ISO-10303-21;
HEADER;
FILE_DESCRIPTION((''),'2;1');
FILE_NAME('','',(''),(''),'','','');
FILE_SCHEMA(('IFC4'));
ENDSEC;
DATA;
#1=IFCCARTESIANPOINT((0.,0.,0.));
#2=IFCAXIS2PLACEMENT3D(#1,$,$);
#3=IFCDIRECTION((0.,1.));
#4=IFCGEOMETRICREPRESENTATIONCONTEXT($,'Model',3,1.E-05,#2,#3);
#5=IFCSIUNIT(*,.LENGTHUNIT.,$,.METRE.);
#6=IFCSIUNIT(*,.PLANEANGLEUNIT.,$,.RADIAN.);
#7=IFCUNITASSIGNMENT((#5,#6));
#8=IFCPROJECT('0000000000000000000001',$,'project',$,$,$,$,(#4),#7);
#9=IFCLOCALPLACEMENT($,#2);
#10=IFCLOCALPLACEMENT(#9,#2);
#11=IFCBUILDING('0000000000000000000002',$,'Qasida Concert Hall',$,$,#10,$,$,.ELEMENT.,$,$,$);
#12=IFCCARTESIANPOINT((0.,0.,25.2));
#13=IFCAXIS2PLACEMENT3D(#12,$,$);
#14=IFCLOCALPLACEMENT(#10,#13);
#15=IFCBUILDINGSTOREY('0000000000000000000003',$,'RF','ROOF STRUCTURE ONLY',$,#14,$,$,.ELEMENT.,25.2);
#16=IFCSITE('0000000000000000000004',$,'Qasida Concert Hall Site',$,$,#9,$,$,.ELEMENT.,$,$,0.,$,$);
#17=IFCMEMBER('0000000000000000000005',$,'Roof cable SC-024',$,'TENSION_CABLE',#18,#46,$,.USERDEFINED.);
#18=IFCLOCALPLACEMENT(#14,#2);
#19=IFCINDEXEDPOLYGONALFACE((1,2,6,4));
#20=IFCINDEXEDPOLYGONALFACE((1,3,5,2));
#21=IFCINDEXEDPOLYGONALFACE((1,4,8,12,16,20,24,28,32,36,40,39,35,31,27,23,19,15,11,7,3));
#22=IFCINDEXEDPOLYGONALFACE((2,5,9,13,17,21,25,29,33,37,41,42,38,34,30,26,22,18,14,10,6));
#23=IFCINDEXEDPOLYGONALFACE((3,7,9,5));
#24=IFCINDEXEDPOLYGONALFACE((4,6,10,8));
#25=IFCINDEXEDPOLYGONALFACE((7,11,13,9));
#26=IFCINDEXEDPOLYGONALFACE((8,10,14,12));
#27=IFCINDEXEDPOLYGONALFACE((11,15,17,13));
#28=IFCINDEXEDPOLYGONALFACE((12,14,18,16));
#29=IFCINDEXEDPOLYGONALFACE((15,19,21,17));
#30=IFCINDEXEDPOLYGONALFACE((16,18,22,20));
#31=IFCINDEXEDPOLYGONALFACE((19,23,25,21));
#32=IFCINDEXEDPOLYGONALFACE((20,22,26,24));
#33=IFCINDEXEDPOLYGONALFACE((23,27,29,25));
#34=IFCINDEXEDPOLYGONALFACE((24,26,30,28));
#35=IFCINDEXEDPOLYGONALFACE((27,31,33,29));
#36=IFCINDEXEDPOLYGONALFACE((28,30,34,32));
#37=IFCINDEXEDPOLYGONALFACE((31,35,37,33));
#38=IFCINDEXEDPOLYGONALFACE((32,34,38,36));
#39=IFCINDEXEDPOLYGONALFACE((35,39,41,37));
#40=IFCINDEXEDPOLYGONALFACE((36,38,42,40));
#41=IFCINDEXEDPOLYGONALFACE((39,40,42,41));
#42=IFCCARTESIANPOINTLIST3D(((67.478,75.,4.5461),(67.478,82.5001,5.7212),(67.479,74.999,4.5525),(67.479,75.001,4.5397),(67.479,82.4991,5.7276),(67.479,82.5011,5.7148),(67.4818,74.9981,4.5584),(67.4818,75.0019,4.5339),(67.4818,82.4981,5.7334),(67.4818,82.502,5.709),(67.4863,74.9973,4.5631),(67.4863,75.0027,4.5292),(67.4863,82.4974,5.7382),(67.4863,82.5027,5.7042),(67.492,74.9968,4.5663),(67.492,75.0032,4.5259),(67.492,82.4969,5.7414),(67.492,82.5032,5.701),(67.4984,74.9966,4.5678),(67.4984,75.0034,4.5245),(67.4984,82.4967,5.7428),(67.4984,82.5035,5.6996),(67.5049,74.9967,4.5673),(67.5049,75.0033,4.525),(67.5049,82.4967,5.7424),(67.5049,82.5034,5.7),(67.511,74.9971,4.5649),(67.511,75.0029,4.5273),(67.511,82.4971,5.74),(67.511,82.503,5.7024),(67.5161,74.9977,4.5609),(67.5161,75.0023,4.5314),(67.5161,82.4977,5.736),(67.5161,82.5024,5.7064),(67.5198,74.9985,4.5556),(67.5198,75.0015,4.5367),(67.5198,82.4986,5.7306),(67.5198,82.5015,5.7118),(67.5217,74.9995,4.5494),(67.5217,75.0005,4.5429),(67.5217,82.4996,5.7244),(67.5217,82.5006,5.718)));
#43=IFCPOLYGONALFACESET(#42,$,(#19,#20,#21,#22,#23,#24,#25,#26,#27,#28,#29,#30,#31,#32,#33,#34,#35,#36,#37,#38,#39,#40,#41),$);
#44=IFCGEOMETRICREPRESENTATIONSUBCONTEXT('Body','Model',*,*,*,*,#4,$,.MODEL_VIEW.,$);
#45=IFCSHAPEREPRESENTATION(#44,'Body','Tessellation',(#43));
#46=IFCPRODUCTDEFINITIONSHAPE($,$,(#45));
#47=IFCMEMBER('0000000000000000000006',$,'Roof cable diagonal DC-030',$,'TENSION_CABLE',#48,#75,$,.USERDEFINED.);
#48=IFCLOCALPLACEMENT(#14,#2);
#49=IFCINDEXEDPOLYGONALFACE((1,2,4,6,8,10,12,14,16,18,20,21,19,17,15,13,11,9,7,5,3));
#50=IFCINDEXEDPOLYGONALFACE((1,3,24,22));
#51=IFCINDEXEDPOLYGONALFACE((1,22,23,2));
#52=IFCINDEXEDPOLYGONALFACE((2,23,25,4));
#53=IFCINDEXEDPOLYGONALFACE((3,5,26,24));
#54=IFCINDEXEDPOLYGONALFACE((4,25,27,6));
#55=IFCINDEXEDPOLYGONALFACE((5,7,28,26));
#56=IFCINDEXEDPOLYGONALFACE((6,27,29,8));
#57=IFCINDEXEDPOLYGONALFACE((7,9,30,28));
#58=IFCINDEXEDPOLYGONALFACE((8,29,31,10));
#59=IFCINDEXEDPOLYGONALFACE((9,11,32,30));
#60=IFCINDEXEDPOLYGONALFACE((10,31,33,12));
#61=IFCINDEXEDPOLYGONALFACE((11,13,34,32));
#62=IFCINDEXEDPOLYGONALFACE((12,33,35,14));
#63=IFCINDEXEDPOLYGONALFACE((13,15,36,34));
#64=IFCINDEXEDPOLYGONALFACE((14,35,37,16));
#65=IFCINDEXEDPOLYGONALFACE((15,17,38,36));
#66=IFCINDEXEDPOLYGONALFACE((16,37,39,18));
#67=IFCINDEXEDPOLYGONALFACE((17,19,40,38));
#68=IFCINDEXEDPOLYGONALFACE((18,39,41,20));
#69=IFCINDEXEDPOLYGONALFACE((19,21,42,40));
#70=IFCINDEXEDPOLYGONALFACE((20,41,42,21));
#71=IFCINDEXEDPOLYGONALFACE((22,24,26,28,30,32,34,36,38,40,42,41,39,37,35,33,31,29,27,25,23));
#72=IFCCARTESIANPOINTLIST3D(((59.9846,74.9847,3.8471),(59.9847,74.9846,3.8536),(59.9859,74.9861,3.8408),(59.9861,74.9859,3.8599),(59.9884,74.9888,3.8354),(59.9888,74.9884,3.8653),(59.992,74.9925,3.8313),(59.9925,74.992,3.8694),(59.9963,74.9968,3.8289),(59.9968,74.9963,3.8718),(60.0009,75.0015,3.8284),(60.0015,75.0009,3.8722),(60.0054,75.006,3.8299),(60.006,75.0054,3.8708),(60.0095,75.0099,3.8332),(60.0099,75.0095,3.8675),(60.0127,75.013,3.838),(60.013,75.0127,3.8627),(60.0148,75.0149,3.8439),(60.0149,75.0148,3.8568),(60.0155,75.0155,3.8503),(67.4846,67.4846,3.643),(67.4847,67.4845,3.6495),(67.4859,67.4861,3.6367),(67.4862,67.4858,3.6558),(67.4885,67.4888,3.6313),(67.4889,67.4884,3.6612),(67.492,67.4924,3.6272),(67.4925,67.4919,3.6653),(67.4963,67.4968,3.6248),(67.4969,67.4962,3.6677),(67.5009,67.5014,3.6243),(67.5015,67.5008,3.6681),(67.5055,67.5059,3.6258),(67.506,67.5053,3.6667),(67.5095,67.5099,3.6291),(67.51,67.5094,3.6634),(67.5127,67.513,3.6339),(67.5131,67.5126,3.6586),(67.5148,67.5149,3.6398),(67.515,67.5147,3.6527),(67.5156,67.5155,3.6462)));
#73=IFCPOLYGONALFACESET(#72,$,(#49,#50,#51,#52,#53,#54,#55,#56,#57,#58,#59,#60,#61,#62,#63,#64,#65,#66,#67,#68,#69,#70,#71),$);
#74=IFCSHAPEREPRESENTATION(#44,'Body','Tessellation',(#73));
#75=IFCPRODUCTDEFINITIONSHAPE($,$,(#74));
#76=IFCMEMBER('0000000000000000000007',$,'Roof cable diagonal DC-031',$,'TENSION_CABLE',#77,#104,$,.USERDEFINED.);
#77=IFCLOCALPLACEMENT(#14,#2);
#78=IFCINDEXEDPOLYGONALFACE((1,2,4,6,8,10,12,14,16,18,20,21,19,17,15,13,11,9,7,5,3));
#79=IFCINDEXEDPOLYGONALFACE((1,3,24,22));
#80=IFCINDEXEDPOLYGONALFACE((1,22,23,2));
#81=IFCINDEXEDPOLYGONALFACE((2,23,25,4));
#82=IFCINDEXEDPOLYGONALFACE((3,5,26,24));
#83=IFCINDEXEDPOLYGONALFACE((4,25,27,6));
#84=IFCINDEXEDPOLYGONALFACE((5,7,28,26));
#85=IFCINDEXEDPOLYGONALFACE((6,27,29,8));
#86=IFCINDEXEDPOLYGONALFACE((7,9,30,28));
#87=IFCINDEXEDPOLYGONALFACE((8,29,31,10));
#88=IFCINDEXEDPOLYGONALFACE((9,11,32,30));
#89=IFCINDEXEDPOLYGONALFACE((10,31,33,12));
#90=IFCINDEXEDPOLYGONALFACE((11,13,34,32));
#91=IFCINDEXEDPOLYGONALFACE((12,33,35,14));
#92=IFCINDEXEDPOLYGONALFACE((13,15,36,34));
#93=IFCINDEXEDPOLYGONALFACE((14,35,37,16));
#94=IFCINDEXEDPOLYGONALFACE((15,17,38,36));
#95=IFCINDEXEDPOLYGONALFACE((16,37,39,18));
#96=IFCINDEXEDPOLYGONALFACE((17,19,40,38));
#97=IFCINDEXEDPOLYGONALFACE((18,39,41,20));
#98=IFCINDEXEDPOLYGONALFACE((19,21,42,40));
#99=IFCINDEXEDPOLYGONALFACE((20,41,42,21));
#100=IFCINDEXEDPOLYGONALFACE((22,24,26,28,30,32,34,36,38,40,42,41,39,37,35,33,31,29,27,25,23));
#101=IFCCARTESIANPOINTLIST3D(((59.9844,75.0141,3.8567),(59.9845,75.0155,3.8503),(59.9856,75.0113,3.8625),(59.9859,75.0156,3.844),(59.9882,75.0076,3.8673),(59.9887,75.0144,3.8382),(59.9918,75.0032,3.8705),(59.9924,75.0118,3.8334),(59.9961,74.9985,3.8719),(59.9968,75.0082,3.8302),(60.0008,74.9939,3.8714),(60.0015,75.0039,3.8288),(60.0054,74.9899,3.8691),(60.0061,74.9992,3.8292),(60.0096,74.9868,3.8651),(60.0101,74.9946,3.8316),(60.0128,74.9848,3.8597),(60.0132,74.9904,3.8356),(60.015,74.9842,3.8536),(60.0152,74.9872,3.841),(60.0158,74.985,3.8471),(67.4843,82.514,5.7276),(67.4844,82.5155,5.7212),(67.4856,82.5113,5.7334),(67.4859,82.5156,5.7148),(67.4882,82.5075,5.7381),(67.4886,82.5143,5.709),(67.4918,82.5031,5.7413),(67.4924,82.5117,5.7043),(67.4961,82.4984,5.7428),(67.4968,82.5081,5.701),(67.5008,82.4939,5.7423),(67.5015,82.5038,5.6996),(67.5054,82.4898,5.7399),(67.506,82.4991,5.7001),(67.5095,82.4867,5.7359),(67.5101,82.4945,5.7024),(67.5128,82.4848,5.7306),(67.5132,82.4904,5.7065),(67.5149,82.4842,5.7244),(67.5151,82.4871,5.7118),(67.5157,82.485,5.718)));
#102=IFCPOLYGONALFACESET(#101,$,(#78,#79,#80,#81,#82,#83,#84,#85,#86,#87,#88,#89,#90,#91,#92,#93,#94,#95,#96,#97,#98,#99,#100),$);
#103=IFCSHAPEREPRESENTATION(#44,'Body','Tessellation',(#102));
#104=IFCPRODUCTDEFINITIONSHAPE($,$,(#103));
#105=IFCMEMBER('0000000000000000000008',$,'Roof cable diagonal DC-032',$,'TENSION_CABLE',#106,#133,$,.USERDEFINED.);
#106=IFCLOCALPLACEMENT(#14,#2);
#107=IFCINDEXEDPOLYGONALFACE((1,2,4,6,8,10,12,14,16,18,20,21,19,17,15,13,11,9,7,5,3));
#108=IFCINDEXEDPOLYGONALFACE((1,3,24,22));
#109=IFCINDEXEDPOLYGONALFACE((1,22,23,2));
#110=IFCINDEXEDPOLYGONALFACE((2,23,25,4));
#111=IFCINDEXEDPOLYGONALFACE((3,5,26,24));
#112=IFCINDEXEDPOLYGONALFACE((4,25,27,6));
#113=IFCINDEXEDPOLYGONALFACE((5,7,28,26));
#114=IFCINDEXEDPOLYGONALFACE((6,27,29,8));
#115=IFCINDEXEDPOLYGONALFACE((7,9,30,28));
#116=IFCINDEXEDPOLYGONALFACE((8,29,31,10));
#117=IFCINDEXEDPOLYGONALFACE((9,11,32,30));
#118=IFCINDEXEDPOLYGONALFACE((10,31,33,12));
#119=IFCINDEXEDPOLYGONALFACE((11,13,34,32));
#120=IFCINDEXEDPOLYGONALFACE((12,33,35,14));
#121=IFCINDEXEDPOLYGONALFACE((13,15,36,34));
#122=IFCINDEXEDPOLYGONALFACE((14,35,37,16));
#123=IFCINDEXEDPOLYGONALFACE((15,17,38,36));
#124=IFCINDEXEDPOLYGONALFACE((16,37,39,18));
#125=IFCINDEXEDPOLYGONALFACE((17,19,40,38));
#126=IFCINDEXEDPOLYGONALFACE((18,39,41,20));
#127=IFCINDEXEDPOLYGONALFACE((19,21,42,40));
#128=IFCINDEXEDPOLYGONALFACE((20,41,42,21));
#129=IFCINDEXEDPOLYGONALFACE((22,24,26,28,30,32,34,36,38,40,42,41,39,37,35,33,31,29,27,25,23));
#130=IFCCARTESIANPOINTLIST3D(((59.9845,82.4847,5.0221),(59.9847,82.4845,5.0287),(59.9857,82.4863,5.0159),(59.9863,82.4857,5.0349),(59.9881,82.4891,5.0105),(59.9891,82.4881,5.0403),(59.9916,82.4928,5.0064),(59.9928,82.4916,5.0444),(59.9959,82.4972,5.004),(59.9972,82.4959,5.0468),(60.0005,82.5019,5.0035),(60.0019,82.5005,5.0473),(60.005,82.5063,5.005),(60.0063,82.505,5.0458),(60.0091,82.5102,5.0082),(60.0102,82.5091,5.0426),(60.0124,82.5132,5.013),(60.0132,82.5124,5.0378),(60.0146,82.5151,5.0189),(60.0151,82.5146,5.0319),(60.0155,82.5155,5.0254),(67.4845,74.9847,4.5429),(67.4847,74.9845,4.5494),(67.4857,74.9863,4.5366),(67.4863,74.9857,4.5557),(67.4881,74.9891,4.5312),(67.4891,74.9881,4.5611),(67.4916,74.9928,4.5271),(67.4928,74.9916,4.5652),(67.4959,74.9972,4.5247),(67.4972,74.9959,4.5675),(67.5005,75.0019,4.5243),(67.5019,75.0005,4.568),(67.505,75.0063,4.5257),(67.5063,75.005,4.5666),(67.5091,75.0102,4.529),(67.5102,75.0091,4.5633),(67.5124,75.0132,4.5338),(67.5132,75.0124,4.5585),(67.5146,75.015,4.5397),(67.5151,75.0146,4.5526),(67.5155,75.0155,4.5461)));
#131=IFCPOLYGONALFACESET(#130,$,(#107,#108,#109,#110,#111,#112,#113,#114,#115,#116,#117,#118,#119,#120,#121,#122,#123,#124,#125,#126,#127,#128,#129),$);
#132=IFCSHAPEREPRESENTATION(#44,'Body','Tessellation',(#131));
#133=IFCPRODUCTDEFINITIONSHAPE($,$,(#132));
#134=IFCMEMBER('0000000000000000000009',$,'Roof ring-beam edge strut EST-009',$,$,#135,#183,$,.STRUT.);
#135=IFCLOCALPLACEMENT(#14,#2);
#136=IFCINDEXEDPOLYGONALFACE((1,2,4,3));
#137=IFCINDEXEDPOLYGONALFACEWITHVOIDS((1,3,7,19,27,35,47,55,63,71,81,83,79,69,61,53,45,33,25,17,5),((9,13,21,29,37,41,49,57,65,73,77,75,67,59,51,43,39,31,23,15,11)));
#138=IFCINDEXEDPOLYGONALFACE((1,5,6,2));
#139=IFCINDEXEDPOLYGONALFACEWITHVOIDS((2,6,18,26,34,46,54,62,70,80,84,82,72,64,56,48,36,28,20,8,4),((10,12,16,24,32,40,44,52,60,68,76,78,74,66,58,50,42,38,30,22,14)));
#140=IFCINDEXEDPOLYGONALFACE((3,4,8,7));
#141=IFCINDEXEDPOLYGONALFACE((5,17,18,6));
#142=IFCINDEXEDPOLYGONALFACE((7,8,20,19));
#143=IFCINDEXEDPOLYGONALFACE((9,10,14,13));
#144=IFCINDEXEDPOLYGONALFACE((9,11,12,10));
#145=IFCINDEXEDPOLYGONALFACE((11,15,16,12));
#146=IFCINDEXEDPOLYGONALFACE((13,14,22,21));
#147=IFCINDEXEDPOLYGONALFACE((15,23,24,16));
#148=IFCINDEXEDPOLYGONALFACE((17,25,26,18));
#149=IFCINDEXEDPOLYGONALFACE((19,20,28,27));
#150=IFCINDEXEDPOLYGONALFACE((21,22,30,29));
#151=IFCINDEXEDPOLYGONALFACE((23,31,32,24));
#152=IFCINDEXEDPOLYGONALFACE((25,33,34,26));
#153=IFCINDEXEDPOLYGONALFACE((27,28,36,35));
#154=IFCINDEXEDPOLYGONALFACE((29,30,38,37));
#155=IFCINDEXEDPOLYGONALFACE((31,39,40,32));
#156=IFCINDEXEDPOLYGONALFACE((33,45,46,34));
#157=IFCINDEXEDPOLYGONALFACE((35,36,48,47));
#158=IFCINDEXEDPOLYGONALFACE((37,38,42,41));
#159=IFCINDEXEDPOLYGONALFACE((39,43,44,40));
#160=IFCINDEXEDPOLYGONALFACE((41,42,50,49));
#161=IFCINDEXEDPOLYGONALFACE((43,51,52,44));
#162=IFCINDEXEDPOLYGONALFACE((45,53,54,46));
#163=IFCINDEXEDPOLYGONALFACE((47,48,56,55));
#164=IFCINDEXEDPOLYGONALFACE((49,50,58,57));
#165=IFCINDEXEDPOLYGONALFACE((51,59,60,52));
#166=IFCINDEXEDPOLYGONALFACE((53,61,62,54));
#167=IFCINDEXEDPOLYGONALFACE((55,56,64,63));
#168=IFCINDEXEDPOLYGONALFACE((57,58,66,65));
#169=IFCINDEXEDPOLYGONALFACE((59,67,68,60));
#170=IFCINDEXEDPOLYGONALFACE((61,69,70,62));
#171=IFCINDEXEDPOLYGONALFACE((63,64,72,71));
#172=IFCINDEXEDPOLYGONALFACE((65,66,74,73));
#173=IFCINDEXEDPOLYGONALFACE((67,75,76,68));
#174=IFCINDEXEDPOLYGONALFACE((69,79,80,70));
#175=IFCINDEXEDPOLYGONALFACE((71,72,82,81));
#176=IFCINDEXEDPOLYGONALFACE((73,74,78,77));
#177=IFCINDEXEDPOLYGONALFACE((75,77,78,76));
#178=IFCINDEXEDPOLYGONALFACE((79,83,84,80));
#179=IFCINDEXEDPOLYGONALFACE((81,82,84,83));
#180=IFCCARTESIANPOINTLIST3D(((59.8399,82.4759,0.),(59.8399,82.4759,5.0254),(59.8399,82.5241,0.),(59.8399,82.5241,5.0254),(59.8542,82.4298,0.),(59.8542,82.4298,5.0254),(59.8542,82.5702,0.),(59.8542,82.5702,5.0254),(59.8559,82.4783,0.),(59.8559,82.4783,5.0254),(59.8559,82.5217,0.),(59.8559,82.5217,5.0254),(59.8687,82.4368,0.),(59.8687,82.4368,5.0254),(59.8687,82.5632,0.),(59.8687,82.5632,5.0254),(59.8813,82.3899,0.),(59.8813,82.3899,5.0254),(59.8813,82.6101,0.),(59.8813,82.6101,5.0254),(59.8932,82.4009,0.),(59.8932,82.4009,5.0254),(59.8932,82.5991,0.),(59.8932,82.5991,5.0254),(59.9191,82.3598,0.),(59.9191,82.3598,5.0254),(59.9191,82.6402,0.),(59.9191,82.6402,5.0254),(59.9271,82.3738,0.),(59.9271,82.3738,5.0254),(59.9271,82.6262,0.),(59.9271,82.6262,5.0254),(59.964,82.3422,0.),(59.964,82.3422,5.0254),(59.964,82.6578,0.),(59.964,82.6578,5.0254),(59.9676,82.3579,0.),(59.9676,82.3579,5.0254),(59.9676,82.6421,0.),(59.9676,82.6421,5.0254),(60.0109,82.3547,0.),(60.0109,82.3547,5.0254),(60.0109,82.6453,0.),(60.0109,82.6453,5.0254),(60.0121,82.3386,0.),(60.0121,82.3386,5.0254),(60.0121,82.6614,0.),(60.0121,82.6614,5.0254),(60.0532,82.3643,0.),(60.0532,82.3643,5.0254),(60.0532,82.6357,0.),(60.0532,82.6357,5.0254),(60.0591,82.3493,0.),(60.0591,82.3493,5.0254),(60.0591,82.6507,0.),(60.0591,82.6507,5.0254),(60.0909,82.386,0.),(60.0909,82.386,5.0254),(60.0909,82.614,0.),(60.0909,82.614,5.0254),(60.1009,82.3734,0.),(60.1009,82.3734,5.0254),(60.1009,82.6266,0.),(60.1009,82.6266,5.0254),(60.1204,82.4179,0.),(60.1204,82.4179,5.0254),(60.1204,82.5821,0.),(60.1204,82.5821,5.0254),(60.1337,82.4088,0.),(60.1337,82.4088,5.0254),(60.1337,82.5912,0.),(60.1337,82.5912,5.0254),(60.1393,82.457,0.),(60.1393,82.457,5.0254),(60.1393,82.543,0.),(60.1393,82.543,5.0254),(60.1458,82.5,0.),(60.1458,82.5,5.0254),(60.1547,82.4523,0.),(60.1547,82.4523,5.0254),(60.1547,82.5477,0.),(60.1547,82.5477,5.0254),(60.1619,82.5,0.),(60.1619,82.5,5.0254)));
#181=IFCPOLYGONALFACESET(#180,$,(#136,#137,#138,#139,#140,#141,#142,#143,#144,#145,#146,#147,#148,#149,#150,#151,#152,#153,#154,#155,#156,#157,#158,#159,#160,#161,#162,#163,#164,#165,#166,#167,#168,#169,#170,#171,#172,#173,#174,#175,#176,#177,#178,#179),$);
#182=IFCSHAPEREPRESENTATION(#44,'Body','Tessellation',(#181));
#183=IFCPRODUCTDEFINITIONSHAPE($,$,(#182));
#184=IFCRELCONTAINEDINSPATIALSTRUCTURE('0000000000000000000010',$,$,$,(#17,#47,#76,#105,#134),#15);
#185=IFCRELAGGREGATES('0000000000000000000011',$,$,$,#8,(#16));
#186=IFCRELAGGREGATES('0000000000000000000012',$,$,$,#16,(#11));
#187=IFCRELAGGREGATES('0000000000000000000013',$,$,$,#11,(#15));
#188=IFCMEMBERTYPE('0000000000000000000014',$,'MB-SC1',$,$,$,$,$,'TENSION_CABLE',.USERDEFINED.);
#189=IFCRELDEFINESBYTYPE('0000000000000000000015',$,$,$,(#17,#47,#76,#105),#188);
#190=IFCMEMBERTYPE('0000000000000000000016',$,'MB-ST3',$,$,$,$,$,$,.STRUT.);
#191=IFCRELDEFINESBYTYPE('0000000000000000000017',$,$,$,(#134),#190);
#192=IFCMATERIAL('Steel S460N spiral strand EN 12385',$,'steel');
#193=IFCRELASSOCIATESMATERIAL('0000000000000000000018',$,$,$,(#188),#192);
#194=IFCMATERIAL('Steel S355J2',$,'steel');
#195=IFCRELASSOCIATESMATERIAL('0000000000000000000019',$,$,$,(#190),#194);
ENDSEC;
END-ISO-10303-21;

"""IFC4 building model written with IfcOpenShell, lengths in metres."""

from ifc_helpers import new_model, si_unit, direction, frame, origin, origin_2d, place, context, subcontext, project, spatial, circle, hollow_circle, extrude, material, material_profile, profile_set, type_object, element, save


model = new_model("IFC4")

# Units and contexts
model_context = context("Model", 3, precision=1e-05, world=origin(), true_north=direction((0.0, 1.0)))
body_context = subcontext(model_context, "Body", "Model", "MODEL_VIEW")
ifc_project = project(units=[si_unit("LENGTHUNIT", "METRE"), si_unit("PLANEANGLEUNIT", "RADIAN")], contexts=[model_context])

# Site, building, storey
site_placement = place(None, origin())
site = spatial("IfcSite", under=ifc_project, at=site_placement, Name="Qasida Concert Hall Site", CompositionType="ELEMENT", RefElevation=0.0)
building_placement = place(site_placement, origin())
building = spatial("IfcBuilding", under=site, at=building_placement, Name="Qasida Concert Hall", CompositionType="ELEMENT")
storey_placement = place(building_placement, frame((0.0, 0.0, 25.2)))
storey = spatial("IfcBuildingStorey", under=building, at=storey_placement, Name="RF", Description="ROOF STRUCTURE ONLY", CompositionType="ELEMENT", Elevation=25.2)

# Members
ifc_material_1 = material(Name="Steel S460N spiral strand EN 12385", Category="steel")
ifc_material_2 = material(Name="Steel S355J2", Category="steel")
ifc_material_profile_1 = material_profile(ifc_material_1, circle(Radius=0.022, at=origin_2d()), Name="STRAND D44")
ifc_profile_set_1 = profile_set([ifc_material_profile_1], Name="Steel S460N spiral strand EN 12385")
member_type_1 = type_object("IfcMemberType", Name="MB-SC1", ElementType="TENSION_CABLE", PredefinedType="USERDEFINED", material=ifc_profile_set_1)
for number, where, z_axis, x_axis, name in (
    (1, (67.5, 75.0, 4.5461), (0.0, 0.987948, 0.154785), (-1.0, 0.0, 0.0), "Roof cable SC-024"),
):
    element("IfcMember", number, at=place(storey_placement, frame(where, z_axis=z_axis, x_axis=x_axis)), inside=storey, type_object=member_type_1, Name=name, ObjectType="TENSION_CABLE", PredefinedType="USERDEFINED", context=body_context, shape_type="SweptSolid", body=[
        extrude(circle(Radius=0.022, at=origin_2d()), origin(), (0.0, 0.0, 1.0), 7.5916),
    ])
member_1_placement = place(storey_placement, frame((60.0, 75.0, 3.8503), z_axis=(0.706976, -0.706976, -0.019239), x_axis=(0.707107, 0.707107, 0.0)))
element("IfcMember", 2, at=member_1_placement, inside=storey, type_object=member_type_1, Name="Roof cable diagonal DC-030", ObjectType="TENSION_CABLE", PredefinedType="USERDEFINED", context=body_context, shape_type="SweptSolid", body=[
    extrude(circle(Radius=0.022, at=origin_2d()), origin(), (0.0, 0.0, 1.0), 10.6086),
])
member_2_placement = place(storey_placement, frame((60.0, 75.0, 3.8503), z_axis=(0.696357, 0.696357, 0.173704), x_axis=(-0.707107, 0.707107, 0.0)))
element("IfcMember", 3, at=member_2_placement, inside=storey, type_object=member_type_1, Name="Roof cable diagonal DC-031", ObjectType="TENSION_CABLE", PredefinedType="USERDEFINED", context=body_context, shape_type="SweptSolid", body=[
    extrude(circle(Radius=0.022, at=origin_2d()), origin(), (0.0, 0.0, 1.0), 10.7703),
])
member_3_placement = place(storey_placement, frame((60.0, 82.5, 5.0254), z_axis=(0.706386, -0.706386, -0.045138), x_axis=(0.707107, 0.707107, 0.0)))
element("IfcMember", 4, at=member_3_placement, inside=storey, type_object=member_type_1, Name="Roof cable diagonal DC-032", ObjectType="TENSION_CABLE", PredefinedType="USERDEFINED", context=body_context, shape_type="SweptSolid", body=[
    extrude(circle(Radius=0.022, at=origin_2d()), origin(), (0.0, 0.0, 1.0), 10.6174),
])
ifc_material_profile_2 = material_profile(ifc_material_2, hollow_circle(Radius=0.1619, WallThickness=0.0161, at=origin_2d()), Name="CHS 323.9x16")
ifc_profile_set_2 = profile_set([ifc_material_profile_2], Name="Steel S355J2")
member_type_2 = type_object("IfcMemberType", Name="MB-ST3", PredefinedType="STRUT", material=ifc_profile_set_2)
member_4_placement = place(storey_placement, frame((60.0, 82.5, 0.0), z_axis=(0.0, 0.0, 1.0), x_axis=(1.0, 0.0, 0.0)))
element("IfcMember", 5, at=member_4_placement, inside=storey, type_object=member_type_2, Name="Roof ring-beam edge strut EST-009", PredefinedType="STRUT", context=body_context, shape_type="SweptSolid", body=[
    extrude(hollow_circle(Radius=0.1619, WallThickness=0.0161, at=origin_2d()), origin(), (0.0, 0.0, 1.0), 5.0254),
])

save(model, "model.ifc")
